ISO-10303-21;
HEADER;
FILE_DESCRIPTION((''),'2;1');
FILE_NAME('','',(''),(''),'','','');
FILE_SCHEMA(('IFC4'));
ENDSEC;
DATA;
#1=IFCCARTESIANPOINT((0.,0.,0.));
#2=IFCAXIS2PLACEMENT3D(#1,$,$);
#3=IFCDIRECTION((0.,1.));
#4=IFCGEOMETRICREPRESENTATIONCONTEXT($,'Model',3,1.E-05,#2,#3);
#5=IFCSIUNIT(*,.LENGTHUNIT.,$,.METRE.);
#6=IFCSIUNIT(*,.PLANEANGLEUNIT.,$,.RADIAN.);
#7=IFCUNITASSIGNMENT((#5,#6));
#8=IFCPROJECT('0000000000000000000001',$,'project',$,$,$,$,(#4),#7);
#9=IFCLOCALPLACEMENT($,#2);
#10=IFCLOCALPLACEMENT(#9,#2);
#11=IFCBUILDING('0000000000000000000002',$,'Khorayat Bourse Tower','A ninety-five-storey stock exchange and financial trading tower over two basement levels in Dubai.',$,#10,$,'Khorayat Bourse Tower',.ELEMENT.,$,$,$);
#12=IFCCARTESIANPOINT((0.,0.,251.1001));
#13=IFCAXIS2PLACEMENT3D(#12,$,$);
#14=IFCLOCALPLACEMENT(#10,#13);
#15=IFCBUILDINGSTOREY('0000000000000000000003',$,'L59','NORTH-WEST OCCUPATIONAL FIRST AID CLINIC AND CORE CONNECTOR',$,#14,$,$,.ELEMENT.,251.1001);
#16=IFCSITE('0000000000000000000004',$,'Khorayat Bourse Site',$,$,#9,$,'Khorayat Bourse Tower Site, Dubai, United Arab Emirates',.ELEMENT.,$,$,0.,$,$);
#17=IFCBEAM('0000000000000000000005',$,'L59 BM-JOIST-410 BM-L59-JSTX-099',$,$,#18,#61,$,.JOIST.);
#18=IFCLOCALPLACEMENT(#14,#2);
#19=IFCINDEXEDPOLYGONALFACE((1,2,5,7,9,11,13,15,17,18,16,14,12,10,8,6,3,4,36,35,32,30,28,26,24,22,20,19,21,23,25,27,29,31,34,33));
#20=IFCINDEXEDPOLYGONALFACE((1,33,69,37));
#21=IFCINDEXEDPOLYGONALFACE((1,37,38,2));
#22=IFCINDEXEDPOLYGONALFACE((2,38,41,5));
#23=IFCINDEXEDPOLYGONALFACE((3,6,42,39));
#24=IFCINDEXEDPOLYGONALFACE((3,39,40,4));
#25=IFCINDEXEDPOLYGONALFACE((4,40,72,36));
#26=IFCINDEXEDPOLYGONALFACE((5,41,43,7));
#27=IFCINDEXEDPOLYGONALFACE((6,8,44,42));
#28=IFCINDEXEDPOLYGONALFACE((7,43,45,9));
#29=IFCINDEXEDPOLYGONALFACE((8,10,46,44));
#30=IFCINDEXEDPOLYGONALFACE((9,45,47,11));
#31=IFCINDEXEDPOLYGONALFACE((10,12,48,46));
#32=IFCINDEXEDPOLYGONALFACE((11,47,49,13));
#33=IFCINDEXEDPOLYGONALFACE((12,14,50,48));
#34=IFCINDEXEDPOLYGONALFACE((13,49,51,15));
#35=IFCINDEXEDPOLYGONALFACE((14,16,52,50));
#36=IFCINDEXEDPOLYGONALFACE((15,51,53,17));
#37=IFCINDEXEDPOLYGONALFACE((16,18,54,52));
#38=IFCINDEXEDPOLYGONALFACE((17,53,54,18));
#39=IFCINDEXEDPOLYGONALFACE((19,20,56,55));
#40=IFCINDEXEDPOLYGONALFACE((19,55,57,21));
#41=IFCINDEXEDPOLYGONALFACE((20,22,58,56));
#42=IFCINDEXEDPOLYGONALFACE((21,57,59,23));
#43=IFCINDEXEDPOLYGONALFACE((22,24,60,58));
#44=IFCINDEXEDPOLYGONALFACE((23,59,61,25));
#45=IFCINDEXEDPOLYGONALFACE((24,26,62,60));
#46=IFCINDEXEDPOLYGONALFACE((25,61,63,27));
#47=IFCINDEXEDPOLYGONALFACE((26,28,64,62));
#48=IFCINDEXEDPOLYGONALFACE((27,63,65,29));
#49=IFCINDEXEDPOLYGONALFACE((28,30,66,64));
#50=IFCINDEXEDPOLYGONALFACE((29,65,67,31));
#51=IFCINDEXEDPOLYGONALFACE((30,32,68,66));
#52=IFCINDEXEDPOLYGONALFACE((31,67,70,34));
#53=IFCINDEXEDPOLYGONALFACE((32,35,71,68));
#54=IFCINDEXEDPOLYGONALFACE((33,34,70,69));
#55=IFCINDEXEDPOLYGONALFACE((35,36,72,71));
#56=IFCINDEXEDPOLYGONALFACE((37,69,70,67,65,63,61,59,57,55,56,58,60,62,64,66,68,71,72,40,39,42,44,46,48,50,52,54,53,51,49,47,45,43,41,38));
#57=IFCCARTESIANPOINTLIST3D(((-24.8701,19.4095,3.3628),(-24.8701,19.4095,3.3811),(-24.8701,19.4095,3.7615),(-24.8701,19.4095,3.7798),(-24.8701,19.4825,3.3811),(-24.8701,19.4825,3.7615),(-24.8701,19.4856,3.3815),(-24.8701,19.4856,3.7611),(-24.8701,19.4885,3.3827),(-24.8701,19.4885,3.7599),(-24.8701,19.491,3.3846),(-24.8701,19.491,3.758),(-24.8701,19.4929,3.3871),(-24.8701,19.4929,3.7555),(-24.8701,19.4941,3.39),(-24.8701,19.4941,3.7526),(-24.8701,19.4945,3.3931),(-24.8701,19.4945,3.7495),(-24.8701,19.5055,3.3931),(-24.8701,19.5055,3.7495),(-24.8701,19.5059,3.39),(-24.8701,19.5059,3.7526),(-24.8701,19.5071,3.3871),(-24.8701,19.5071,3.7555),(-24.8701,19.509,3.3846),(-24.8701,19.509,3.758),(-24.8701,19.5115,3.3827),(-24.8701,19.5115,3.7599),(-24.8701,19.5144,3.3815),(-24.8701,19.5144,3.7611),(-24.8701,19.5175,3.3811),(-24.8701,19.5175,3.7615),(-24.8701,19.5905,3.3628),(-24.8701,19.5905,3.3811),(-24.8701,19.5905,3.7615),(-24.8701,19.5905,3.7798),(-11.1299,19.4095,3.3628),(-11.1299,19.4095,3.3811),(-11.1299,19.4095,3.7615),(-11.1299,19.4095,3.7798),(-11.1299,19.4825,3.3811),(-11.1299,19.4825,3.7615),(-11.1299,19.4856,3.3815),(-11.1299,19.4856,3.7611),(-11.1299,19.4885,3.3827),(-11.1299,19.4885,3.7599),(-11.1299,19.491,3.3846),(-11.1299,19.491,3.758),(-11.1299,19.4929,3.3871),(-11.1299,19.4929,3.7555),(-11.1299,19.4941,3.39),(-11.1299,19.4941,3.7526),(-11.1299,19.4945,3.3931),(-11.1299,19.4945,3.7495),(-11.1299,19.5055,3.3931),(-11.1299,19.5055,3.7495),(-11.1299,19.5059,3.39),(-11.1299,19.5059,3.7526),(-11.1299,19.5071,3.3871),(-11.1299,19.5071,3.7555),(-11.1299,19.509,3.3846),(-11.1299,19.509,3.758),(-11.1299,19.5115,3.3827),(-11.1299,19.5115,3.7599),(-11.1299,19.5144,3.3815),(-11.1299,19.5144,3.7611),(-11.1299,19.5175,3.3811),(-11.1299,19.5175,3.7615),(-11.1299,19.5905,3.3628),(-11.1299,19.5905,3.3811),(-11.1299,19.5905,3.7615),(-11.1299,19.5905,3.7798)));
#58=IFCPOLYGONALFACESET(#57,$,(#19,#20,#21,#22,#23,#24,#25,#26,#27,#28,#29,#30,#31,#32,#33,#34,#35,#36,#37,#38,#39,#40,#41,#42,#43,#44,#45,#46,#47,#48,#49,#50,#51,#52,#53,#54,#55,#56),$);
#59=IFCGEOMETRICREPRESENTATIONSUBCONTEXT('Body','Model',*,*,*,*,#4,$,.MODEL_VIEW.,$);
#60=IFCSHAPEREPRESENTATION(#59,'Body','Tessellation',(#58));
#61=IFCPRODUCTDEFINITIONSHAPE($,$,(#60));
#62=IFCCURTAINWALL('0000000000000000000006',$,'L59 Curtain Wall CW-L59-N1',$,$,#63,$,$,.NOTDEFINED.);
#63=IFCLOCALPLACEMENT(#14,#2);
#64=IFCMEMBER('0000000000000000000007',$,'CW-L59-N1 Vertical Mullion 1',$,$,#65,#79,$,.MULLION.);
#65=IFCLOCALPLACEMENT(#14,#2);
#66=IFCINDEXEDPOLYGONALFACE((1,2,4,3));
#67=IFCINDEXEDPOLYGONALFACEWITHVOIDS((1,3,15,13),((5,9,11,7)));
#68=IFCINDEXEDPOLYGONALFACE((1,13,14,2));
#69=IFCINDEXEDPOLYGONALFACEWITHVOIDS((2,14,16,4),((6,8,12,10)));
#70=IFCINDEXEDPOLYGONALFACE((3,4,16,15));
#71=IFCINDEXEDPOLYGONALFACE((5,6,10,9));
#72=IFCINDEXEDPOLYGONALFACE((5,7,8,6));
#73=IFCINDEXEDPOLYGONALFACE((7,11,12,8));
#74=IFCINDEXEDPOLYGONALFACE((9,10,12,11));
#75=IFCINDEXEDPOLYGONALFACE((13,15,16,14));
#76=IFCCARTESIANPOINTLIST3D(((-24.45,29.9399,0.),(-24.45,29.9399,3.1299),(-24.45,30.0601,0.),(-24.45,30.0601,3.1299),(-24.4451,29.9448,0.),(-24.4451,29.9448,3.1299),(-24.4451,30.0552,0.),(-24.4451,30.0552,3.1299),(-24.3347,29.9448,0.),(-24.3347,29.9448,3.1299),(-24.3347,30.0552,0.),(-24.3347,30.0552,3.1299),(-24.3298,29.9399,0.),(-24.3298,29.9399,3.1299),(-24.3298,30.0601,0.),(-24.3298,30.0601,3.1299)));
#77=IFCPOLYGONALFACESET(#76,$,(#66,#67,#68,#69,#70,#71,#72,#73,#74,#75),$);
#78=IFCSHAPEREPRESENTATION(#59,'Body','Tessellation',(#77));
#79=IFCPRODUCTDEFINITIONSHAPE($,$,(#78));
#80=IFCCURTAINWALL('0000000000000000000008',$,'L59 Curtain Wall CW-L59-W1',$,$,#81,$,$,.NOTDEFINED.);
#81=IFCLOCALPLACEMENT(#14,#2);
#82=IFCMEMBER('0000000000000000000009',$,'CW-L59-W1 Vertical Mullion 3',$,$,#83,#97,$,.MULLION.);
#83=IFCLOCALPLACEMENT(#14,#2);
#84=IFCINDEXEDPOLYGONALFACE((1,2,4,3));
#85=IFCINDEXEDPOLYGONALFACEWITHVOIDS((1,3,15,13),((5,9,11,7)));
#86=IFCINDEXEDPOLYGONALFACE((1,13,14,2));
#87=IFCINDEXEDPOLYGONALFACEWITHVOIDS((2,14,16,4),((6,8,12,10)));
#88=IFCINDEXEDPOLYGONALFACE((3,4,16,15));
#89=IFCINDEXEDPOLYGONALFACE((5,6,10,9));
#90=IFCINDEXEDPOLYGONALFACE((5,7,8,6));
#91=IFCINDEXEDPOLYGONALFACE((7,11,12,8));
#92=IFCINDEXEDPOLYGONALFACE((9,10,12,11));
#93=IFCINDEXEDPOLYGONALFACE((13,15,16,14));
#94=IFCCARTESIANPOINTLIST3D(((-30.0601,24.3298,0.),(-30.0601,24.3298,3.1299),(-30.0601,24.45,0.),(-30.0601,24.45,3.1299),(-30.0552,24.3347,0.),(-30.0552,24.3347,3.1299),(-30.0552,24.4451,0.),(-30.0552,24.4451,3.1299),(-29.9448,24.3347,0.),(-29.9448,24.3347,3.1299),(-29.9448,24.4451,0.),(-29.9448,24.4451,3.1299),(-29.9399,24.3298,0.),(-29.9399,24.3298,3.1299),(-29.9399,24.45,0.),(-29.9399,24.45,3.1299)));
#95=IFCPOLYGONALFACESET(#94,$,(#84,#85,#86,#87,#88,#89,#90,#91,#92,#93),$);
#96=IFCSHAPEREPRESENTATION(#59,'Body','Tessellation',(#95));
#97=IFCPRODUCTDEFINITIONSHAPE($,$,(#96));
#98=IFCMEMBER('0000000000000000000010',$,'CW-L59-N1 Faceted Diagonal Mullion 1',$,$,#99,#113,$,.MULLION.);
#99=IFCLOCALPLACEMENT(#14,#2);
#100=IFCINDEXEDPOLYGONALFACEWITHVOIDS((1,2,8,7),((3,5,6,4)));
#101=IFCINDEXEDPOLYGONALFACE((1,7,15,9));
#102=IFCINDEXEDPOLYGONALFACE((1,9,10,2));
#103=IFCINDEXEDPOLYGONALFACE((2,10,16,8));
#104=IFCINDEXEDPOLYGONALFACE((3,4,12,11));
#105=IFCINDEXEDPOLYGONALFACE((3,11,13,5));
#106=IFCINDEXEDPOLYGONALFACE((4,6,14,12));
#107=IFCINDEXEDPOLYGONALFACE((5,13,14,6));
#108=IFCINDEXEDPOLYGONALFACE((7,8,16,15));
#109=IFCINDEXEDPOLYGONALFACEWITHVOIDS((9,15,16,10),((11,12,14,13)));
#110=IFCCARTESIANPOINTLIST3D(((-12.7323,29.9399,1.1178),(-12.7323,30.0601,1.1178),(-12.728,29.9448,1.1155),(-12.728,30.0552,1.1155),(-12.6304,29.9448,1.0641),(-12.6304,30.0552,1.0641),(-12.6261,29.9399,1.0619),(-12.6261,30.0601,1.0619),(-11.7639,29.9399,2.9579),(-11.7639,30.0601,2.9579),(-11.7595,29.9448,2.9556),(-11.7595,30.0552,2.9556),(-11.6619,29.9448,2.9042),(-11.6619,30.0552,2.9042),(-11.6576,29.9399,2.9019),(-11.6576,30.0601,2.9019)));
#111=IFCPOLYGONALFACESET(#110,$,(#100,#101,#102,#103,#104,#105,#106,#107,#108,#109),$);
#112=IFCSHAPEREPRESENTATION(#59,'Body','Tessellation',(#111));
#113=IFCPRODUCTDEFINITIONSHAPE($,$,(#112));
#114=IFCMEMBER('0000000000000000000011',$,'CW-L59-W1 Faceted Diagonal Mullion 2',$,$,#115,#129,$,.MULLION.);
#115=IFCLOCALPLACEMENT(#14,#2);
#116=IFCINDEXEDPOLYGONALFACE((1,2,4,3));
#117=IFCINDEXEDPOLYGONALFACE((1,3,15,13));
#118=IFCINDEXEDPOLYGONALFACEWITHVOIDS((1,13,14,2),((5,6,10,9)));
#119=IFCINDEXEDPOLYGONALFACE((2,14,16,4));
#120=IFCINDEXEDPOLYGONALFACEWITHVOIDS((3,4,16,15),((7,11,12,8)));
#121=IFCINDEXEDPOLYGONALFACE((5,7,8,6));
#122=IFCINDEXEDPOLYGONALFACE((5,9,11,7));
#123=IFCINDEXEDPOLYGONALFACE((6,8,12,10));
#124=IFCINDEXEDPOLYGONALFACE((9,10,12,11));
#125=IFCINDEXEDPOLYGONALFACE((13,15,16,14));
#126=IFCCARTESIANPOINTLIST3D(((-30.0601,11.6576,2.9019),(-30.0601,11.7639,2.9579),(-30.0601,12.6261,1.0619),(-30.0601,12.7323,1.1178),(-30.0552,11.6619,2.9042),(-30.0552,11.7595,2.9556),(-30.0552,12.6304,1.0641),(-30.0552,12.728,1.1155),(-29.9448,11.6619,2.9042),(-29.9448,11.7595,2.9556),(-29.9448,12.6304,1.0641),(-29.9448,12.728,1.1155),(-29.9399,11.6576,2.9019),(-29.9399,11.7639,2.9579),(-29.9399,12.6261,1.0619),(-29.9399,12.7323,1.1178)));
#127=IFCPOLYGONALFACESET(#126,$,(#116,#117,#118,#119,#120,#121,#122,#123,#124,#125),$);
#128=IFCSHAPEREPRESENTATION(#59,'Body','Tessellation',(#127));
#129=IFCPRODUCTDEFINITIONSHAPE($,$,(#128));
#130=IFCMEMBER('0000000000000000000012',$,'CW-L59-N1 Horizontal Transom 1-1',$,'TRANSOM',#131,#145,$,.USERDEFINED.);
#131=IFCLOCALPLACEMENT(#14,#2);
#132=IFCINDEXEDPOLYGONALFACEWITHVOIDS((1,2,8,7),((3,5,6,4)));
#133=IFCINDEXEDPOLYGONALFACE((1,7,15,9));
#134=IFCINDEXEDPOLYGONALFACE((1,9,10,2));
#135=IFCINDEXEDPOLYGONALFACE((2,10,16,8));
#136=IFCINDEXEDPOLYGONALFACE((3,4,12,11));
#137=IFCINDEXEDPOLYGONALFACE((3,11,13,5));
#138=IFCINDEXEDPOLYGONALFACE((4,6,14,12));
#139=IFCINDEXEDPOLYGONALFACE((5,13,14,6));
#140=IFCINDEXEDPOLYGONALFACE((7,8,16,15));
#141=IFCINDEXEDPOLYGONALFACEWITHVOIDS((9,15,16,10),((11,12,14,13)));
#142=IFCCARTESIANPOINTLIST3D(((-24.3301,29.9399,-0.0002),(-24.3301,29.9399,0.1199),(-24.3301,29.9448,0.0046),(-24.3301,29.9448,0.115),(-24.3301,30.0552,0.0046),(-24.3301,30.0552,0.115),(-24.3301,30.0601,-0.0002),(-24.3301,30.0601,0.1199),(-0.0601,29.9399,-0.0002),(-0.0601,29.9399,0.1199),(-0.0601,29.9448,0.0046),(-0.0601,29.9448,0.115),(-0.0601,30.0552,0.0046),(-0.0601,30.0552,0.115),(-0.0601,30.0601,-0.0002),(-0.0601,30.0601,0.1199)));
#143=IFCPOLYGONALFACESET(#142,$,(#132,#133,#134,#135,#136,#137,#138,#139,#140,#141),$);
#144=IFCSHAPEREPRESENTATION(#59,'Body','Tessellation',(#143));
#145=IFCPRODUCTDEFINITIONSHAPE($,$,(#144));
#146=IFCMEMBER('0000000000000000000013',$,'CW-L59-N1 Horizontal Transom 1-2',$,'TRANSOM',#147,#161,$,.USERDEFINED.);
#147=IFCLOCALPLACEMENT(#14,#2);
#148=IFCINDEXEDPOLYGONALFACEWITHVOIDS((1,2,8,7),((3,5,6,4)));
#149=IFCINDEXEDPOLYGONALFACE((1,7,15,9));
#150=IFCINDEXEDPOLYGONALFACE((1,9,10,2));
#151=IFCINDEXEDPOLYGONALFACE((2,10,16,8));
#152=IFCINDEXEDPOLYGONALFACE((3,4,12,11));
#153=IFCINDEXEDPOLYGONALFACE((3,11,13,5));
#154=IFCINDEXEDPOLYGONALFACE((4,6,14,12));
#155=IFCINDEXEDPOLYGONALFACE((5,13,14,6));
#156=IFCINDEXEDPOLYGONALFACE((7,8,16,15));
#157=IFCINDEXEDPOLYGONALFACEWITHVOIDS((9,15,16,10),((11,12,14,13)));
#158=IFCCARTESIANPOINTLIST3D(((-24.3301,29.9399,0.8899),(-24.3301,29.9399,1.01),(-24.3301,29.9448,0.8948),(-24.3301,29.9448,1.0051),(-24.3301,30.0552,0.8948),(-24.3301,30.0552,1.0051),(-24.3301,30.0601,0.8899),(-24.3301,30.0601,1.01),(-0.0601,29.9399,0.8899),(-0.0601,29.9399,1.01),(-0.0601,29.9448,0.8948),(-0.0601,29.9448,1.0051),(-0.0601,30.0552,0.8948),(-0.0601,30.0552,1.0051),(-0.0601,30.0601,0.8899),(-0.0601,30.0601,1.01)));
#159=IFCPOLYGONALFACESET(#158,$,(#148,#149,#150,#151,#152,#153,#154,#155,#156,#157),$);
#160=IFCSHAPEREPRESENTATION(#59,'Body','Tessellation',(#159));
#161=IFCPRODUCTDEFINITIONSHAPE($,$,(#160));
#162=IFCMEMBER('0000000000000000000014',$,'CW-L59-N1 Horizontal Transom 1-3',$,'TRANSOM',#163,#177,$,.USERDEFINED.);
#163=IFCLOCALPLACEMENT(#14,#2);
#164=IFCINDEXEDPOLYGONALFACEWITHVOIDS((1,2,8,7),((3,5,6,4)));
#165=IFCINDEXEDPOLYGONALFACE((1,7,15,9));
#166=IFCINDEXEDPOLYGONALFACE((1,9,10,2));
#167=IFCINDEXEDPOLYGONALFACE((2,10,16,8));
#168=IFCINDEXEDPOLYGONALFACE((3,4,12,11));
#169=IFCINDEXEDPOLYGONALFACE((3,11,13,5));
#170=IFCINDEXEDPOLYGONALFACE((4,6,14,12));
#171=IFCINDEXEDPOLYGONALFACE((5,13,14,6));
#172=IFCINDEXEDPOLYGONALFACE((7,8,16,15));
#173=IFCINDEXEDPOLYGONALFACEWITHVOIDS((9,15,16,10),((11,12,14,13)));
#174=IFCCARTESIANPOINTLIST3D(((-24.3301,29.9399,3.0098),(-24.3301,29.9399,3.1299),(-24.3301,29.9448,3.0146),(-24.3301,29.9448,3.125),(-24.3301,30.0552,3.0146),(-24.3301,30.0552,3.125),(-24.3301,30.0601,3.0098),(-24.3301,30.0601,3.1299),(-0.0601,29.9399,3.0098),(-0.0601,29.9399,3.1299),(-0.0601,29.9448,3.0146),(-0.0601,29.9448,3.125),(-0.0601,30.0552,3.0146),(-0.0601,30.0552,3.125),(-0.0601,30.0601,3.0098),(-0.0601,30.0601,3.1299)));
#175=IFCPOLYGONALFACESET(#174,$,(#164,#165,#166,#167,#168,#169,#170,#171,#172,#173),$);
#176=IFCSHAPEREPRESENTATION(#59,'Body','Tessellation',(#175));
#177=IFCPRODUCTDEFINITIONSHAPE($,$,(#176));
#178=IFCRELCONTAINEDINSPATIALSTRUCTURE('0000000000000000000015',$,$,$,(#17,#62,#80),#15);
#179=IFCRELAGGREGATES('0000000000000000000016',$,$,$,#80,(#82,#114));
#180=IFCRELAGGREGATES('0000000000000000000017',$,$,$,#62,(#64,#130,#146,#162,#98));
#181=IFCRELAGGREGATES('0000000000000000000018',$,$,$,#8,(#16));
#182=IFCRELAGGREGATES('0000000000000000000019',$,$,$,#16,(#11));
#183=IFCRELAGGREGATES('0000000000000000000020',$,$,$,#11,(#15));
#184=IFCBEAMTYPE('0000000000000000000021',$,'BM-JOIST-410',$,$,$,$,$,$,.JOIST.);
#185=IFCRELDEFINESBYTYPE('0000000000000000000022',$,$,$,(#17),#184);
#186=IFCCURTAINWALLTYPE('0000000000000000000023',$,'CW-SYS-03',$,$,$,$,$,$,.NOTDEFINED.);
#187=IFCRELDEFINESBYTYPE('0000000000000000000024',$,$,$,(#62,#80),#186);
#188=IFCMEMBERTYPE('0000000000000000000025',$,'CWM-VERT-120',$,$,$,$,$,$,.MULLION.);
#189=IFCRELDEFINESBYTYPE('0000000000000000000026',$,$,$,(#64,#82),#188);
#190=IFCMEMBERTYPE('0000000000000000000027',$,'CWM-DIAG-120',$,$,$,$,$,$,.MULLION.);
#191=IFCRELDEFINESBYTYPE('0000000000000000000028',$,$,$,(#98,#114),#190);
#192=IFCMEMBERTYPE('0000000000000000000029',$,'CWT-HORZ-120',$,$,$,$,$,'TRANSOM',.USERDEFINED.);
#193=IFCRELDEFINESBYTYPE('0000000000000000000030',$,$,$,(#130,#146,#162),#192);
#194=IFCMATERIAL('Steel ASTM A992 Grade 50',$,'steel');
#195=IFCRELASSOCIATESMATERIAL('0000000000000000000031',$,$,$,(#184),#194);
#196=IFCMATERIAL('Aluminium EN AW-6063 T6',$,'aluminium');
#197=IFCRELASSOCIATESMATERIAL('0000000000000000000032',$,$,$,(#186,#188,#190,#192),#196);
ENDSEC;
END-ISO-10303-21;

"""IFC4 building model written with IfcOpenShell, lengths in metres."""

from ifc_helpers import new_model, si_unit, direction, frame, origin, origin_2d, place, context, subcontext, project, spatial, hollow_rectangle, i_section, extrude, source, transform, mapped, material, material_profile, profile_set, type_object, element, aggregate, save


model = new_model("IFC4")

# Units and contexts
model_context = context("Model", 3, precision=1e-05, world=origin(), true_north=direction((0.0, 1.0)))
body_context = subcontext(model_context, "Body", "Model", "MODEL_VIEW")
ifc_project = project(units=[si_unit("LENGTHUNIT", "METRE"), si_unit("PLANEANGLEUNIT", "RADIAN")], contexts=[model_context])

# Site, building, storey
site_placement = place(None, origin())
site = spatial("IfcSite", under=ifc_project, at=site_placement, Name="Khorayat Bourse Site", LongName="Khorayat Bourse Tower Site, Dubai, United Arab Emirates", CompositionType="ELEMENT", RefElevation=0.0)
building_placement = place(site_placement, origin())
building = spatial("IfcBuilding", under=site, at=building_placement, Name="Khorayat Bourse Tower", Description="A ninety-five-storey stock exchange and financial trading tower over two basement levels in Dubai.", LongName="Khorayat Bourse Tower", CompositionType="ELEMENT")
storey_placement = place(building_placement, frame((0.0, 0.0, 251.1001)))
storey = spatial("IfcBuildingStorey", under=building, at=storey_placement, Name="L59", Description="NORTH-WEST OCCUPATIONAL FIRST AID CLINIC AND CORE CONNECTOR", CompositionType="ELEMENT", Elevation=251.1001)

# Beam
ifc_material_1 = material(Name="Steel ASTM A992 Grade 50", Category="steel")
ifc_material_profile_1 = material_profile(ifc_material_1, i_section(OverallWidth=0.1809, OverallDepth=0.417, WebThickness=0.011, FlangeThickness=0.0183, FilletRadius=0.012, at=origin_2d()), Name="W410X85")
ifc_profile_set_1 = profile_set([ifc_material_profile_1], Name="Steel ASTM A992 Grade 50")
beam_type_1 = type_object("IfcBeamType", Name="BM-JOIST-410", PredefinedType="JOIST", material=ifc_profile_set_1)
shared_shape_1 = source(origin(), body_context, "Body", "SweptSolid", [
    extrude(i_section(OverallWidth=0.1809, OverallDepth=0.417, WebThickness=0.011, FlangeThickness=0.0183, FilletRadius=0.012, at=origin_2d()), origin(), (0.0, 0.0, 1.0), 13.7402),
])
beam_1_placement = place(storey_placement, frame((-24.8701, 19.5, 3.5713), z_axis=(1.0, 0.0, 0.0), x_axis=(0.0, 1.0, 0.0)))
element("IfcBeam", 1, at=beam_1_placement, inside=storey, type_object=beam_type_1, Name="L59 BM-JOIST-410 BM-L59-JSTX-099", PredefinedType="JOIST", context=body_context, shape_type="MappedRepresentation", body=[
    mapped(shared_shape_1, transform((0.0, 0.0, 0.0), scale=1.0)),
])

# Curtain walls, members
ifc_material_2 = material(Name="Aluminium EN AW-6063 T6", Category="aluminium")
curtain_wall_type = type_object("IfcCurtainWallType", Name="CW-SYS-03", PredefinedType="NOTDEFINED", material=ifc_material_2)
curtain_wall_1_placement = place(storey_placement, origin())
curtain_wall_1 = element("IfcCurtainWall", 2, at=curtain_wall_1_placement, inside=storey, type_object=curtain_wall_type, Name="L59 Curtain Wall CW-L59-N1", PredefinedType="NOTDEFINED")
ifc_material_profile_2 = material_profile(ifc_material_2, hollow_rectangle(XDim=0.1201, YDim=0.1201, WallThickness=0.0049, at=origin_2d()), Name="ALU 120x120x5")
ifc_profile_set_2 = profile_set([ifc_material_profile_2], Name="Aluminium EN AW-6063 T6")
member_type_1 = type_object("IfcMemberType", Name="CWM-VERT-120", PredefinedType="MULLION", material=ifc_profile_set_2)
shared_shape_2 = source(origin(), body_context, "Body", "SweptSolid", [
    extrude(hollow_rectangle(XDim=0.1201, YDim=0.1201, WallThickness=0.0049, at=origin_2d()), origin(), (0.0, 0.0, 1.0), 3.1299),
])
member_1_placement = place(storey_placement, frame((-24.3899, 30.0, 0.0), z_axis=(0.0, 0.0, 1.0), x_axis=(0.0, 1.0, 0.0)))
member_1 = element("IfcMember", 3, at=member_1_placement, type_object=member_type_1, Name="CW-L59-N1 Vertical Mullion 1", PredefinedType="MULLION", context=body_context, shape_type="MappedRepresentation", body=[
    mapped(shared_shape_2, transform((0.0, 0.0, 0.0), scale=1.0)),
])
curtain_wall_2_placement = place(storey_placement, origin())
curtain_wall_2 = element("IfcCurtainWall", 4, at=curtain_wall_2_placement, inside=storey, type_object=curtain_wall_type, Name="L59 Curtain Wall CW-L59-W1", PredefinedType="NOTDEFINED")
member_2_placement = place(storey_placement, frame((-30.0, 24.3899, 0.0), z_axis=(0.0, 0.0, 1.0), x_axis=(-1.0, 0.0, 0.0)))
member_2 = element("IfcMember", 5, at=member_2_placement, type_object=member_type_1, Name="CW-L59-W1 Vertical Mullion 3", PredefinedType="MULLION", context=body_context, shape_type="MappedRepresentation", body=[
    mapped(shared_shape_2, transform((0.0, 0.0, 0.0), scale=1.0)),
])

# Members
ifc_material_profile_3 = material_profile(ifc_material_2, hollow_rectangle(XDim=0.1201, YDim=0.1201, WallThickness=0.0049, at=origin_2d()), Name="ALU 120x120x5")
ifc_profile_set_3 = profile_set([ifc_material_profile_3], Name="Aluminium EN AW-6063 T6")
member_type_2 = type_object("IfcMemberType", Name="CWM-DIAG-120", PredefinedType="MULLION", material=ifc_profile_set_3)
shared_shape_3 = source(origin(), body_context, "Body", "SweptSolid", [
    extrude(hollow_rectangle(XDim=0.1201, YDim=0.1201, WallThickness=0.0049, at=origin_2d()), origin(), (0.0, 0.0, 1.0), 2.0793),
])
member_3_placement = place(storey_placement, frame((-12.6792, 30.0, 1.0898), z_axis=(0.465761, 0.0, 0.884911), x_axis=(0.0, 1.0, 0.0)))
member_3 = element("IfcMember", 6, at=member_3_placement, type_object=member_type_2, Name="CW-L59-N1 Faceted Diagonal Mullion 1", PredefinedType="MULLION", context=body_context, shape_type="MappedRepresentation", body=[
    mapped(shared_shape_3, transform((0.0, 0.0, 0.0), scale=1.0)),
])
member_4_placement = place(storey_placement, frame((-30.0, 12.6792, 1.0898), z_axis=(0.0, -0.465761, 0.884911), x_axis=(1.0, 0.0, 0.0)))
member_4 = element("IfcMember", 7, at=member_4_placement, type_object=member_type_2, Name="CW-L59-W1 Faceted Diagonal Mullion 2", PredefinedType="MULLION", context=body_context, shape_type="MappedRepresentation", body=[
    mapped(shared_shape_3, transform((0.0, 0.0, 0.0), scale=1.0)),
])
aggregate(curtain_wall_2, [member_2, member_4])
ifc_material_profile_4 = material_profile(ifc_material_2, hollow_rectangle(XDim=0.1201, YDim=0.1201, WallThickness=0.0049, at=origin_2d()), Name="ALU 120x120x5")
ifc_profile_set_4 = profile_set([ifc_material_profile_4], Name="Aluminium EN AW-6063 T6")
member_type_3 = type_object("IfcMemberType", Name="CWT-HORZ-120", ElementType="TRANSOM", PredefinedType="USERDEFINED", material=ifc_profile_set_4)
shared_shape_4 = source(origin(), body_context, "Body", "SweptSolid", [
    extrude(hollow_rectangle(XDim=0.1201, YDim=0.1201, WallThickness=0.0049, at=origin_2d()), origin(), (0.0, 0.0, 1.0), 24.27),
])
member_5_placement = place(storey_placement, frame((-24.3301, 30.0, 0.0598), z_axis=(1.0, 0.0, 0.0), x_axis=(0.0, 1.0, 0.0)))
member_5 = element("IfcMember", 8, at=member_5_placement, type_object=member_type_3, Name="CW-L59-N1 Horizontal Transom 1-1", ObjectType="TRANSOM", PredefinedType="USERDEFINED", context=body_context, shape_type="MappedRepresentation", body=[
    mapped(shared_shape_4, transform((0.0, 0.0, 0.0), scale=1.0)),
])
member_6_placement = place(storey_placement, frame((-24.3301, 30.0, 0.95), z_axis=(1.0, 0.0, 0.0), x_axis=(0.0, 1.0, 0.0)))
member_6 = element("IfcMember", 9, at=member_6_placement, type_object=member_type_3, Name="CW-L59-N1 Horizontal Transom 1-2", ObjectType="TRANSOM", PredefinedType="USERDEFINED", context=body_context, shape_type="MappedRepresentation", body=[
    mapped(shared_shape_4, transform((0.0, 0.0, 0.0), scale=1.0)),
])
member_7_placement = place(storey_placement, frame((-24.3301, 30.0, 3.0698), z_axis=(1.0, 0.0, 0.0), x_axis=(0.0, 1.0, 0.0)))
member_7 = element("IfcMember", 10, at=member_7_placement, type_object=member_type_3, Name="CW-L59-N1 Horizontal Transom 1-3", ObjectType="TRANSOM", PredefinedType="USERDEFINED", context=body_context, shape_type="MappedRepresentation", body=[
    mapped(shared_shape_4, transform((0.0, 0.0, 0.0), scale=1.0)),
])

aggregate(curtain_wall_1, [member_1, member_5, member_6, member_7, member_3])

save(model, "model.ifc")
